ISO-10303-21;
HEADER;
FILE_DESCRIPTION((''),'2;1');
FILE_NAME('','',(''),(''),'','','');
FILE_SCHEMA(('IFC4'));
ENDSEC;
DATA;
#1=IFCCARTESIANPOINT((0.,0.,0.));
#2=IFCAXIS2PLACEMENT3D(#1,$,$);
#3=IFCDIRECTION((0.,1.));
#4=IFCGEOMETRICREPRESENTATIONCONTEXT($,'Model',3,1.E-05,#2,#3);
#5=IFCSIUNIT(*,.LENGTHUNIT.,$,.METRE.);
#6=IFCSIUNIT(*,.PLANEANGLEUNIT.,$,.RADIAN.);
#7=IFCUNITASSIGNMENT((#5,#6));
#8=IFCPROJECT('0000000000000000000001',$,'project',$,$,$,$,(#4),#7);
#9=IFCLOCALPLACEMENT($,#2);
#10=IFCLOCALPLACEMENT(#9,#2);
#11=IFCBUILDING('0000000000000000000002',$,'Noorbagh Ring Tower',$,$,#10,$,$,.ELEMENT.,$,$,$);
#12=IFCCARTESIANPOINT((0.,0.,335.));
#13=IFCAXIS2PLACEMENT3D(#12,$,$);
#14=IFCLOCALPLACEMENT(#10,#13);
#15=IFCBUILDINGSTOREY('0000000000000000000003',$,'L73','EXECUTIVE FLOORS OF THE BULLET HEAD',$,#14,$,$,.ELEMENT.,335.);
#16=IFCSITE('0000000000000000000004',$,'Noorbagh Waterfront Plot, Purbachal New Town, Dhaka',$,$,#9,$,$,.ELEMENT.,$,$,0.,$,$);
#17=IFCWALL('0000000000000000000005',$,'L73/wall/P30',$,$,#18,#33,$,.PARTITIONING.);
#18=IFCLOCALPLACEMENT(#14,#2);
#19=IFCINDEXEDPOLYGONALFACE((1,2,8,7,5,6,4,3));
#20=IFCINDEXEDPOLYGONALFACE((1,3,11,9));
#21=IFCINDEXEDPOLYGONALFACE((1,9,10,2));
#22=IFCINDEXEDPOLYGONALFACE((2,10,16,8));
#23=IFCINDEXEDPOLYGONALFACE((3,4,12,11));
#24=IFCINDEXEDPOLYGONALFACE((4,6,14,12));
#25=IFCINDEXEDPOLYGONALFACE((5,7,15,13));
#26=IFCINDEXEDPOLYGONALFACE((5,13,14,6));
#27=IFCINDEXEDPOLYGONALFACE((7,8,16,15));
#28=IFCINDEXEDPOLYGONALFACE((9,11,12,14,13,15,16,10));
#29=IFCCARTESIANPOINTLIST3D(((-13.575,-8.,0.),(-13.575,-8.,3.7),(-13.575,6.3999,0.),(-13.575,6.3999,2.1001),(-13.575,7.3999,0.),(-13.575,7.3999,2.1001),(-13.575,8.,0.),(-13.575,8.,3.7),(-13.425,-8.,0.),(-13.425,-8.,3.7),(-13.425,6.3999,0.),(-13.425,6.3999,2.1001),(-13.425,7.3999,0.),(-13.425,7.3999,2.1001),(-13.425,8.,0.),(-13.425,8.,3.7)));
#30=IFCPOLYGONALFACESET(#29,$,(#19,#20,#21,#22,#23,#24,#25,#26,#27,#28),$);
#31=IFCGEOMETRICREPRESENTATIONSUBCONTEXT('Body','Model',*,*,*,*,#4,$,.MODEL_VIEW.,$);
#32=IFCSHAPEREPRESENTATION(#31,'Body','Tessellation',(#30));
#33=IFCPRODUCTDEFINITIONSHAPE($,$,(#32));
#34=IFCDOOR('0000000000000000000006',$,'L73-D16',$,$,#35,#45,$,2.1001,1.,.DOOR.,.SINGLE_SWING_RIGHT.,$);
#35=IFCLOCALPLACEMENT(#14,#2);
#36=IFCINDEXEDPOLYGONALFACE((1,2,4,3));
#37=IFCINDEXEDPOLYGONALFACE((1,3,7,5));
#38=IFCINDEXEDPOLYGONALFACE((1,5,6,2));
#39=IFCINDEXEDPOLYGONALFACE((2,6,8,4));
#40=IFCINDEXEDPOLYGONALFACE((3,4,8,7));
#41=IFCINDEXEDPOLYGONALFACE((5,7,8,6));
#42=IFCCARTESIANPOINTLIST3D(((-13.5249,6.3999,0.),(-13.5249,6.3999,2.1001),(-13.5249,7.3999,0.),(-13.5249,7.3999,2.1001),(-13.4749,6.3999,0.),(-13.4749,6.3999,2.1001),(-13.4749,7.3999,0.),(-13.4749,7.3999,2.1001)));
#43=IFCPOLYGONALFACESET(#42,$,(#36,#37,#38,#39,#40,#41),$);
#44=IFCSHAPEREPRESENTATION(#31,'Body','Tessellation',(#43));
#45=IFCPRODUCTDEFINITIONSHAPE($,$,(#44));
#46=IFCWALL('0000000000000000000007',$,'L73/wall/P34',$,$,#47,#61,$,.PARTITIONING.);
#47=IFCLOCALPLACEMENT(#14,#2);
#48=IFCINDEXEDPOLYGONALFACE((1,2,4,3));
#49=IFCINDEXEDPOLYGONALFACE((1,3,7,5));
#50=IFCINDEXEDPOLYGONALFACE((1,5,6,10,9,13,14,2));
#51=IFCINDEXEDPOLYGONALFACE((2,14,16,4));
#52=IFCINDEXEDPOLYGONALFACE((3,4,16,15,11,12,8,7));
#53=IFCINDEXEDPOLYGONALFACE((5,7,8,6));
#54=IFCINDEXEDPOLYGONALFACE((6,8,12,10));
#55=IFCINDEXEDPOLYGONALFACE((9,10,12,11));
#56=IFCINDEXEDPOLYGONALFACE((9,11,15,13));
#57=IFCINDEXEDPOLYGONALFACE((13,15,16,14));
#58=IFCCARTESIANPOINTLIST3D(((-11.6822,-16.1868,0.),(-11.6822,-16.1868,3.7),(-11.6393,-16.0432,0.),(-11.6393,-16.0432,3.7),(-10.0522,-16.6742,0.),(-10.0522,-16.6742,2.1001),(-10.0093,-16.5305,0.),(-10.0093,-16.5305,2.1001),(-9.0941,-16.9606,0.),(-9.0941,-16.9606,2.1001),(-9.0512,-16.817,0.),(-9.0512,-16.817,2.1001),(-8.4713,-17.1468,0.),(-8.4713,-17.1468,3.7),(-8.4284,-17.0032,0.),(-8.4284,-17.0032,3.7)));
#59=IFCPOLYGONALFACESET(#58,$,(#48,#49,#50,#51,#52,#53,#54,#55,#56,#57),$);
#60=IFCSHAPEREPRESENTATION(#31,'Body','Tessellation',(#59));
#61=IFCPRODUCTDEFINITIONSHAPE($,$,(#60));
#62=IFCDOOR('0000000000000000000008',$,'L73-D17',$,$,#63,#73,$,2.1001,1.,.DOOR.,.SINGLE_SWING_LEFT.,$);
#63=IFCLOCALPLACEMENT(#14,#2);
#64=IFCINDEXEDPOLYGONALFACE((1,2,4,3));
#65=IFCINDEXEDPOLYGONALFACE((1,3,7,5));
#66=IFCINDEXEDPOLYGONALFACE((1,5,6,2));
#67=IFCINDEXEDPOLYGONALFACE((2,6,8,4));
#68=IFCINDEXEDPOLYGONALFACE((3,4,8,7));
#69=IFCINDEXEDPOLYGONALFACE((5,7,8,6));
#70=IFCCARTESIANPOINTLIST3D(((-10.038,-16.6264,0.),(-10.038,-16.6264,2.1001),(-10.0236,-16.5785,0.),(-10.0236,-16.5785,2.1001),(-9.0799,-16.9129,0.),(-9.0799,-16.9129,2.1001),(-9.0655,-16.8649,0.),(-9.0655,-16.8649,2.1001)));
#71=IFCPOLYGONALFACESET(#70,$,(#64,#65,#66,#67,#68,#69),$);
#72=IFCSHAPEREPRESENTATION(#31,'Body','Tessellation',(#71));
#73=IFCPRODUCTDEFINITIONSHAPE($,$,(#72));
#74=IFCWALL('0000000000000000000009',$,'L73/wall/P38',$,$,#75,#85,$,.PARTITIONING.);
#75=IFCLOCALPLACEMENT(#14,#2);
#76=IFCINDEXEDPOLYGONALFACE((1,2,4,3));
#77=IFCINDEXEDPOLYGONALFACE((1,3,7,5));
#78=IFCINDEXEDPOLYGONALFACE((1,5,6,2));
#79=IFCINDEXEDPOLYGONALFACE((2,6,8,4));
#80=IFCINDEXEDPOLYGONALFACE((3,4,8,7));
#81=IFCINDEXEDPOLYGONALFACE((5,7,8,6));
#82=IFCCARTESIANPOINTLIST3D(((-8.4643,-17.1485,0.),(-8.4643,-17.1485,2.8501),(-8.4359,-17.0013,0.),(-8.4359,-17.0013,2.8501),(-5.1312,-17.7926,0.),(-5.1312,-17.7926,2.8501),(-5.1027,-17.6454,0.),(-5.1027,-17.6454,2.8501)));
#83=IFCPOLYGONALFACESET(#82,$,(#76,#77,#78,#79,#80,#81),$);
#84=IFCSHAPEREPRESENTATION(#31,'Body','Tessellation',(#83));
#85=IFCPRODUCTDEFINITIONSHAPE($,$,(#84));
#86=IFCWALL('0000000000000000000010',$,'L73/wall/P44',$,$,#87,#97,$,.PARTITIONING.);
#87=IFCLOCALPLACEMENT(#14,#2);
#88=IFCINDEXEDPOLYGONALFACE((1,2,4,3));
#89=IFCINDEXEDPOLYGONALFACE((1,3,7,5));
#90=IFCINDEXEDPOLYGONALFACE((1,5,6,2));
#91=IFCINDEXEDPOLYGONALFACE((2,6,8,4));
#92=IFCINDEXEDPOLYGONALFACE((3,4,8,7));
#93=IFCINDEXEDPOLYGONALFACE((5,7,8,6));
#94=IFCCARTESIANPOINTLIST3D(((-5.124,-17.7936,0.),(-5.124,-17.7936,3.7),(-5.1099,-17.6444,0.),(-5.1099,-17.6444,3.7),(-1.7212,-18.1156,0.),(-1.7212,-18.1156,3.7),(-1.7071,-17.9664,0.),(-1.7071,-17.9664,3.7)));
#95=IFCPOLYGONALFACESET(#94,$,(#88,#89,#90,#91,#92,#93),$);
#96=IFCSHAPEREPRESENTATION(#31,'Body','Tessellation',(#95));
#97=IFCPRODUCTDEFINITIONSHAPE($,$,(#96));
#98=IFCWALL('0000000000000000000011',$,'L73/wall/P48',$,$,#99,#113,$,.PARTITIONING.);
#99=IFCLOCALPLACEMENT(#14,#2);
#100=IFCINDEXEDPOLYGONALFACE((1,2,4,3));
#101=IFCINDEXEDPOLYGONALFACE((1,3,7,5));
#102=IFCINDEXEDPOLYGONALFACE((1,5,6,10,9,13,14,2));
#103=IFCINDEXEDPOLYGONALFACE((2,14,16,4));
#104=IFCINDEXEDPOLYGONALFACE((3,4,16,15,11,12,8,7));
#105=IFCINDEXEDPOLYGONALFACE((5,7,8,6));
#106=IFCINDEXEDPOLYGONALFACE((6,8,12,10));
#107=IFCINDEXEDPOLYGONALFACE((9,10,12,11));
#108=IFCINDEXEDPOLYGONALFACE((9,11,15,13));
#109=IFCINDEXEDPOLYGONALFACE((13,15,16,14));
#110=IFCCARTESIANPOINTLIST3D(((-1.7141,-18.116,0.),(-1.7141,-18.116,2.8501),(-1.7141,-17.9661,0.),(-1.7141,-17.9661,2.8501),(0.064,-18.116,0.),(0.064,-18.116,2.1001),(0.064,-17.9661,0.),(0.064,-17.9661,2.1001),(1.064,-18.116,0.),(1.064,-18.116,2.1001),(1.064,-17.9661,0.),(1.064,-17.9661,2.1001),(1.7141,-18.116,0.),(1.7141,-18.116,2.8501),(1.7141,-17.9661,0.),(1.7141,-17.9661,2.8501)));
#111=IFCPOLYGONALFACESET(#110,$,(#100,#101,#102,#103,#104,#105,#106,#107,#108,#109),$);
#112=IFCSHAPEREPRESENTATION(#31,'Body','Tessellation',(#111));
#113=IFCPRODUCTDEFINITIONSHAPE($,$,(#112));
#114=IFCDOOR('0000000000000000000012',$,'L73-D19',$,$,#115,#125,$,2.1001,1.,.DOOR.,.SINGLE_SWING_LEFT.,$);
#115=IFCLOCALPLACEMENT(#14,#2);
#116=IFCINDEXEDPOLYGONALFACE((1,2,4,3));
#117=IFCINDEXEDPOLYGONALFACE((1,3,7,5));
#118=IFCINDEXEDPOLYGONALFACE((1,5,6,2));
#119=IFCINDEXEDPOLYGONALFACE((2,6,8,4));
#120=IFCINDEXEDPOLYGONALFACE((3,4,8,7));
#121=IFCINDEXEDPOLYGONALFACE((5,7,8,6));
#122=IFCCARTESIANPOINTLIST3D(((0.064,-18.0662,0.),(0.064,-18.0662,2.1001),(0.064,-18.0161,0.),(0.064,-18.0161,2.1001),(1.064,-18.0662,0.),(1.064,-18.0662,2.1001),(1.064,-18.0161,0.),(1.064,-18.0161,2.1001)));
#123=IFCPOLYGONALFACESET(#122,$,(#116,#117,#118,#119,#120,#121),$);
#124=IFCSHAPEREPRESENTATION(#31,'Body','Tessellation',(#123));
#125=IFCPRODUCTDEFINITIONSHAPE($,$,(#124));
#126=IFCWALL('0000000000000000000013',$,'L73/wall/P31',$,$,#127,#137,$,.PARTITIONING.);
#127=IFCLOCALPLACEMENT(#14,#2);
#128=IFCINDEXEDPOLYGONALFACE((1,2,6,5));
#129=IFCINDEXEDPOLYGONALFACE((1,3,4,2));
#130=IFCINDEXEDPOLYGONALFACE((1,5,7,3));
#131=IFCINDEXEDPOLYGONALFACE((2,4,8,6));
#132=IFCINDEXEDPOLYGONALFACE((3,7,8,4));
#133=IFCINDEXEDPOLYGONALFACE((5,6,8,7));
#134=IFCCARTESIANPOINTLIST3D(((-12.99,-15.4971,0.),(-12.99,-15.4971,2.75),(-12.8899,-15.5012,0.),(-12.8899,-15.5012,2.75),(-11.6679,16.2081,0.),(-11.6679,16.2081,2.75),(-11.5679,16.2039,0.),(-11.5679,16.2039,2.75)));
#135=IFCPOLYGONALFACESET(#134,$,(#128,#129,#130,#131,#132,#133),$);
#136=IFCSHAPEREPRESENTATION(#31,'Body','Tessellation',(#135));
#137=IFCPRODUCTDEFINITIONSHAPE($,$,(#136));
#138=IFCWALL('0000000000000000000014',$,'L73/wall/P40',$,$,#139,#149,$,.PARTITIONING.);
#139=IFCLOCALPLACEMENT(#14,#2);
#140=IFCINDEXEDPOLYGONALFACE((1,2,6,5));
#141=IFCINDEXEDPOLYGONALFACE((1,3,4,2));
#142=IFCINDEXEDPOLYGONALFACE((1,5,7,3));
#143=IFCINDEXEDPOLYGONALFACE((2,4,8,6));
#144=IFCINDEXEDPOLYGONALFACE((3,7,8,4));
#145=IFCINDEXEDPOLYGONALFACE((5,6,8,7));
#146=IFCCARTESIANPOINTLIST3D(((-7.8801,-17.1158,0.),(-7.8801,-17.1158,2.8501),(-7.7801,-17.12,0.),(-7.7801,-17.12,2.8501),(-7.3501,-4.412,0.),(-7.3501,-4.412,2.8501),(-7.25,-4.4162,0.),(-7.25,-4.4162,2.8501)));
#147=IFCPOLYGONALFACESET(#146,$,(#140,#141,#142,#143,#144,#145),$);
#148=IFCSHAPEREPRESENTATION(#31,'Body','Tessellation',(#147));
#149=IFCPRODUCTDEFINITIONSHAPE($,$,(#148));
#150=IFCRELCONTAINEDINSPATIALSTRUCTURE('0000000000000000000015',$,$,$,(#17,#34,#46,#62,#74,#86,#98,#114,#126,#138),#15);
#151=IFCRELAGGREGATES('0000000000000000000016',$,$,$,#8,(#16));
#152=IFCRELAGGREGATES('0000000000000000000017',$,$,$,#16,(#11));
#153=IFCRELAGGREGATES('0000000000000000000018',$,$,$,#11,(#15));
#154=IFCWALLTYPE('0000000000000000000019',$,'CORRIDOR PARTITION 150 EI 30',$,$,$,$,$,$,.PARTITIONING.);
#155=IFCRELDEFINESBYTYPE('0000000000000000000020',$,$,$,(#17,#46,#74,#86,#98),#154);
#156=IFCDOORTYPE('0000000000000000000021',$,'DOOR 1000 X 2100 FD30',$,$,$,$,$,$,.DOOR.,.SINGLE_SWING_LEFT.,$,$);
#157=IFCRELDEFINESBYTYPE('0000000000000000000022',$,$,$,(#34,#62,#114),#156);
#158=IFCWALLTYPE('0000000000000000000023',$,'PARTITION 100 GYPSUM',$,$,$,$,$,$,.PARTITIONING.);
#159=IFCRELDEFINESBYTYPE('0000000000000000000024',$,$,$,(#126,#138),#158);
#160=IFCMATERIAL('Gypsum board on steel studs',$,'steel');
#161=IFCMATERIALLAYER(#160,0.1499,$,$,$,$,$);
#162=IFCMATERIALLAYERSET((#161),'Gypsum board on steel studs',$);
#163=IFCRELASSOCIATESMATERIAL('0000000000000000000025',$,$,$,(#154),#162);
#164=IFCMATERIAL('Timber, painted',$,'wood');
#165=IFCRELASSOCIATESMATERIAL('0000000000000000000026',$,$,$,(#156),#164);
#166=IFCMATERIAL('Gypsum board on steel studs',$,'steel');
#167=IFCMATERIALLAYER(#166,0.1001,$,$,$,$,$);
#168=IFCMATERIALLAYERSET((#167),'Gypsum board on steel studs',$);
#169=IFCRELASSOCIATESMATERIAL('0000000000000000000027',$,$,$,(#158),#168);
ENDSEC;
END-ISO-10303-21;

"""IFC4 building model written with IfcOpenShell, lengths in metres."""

from ifc_helpers import new_model, si_unit, direction, frame, frame_2d, origin, place, context, subcontext, project, spatial, rectangle, extrude, material, layer, layer_set, type_object, element, fill, save


model = new_model("IFC4")

# Units and contexts
model_context = context("Model", 3, precision=1e-05, world=origin(), true_north=direction((0.0, 1.0)))
body_context = subcontext(model_context, "Body", "Model", "MODEL_VIEW")
ifc_project = project(units=[si_unit("LENGTHUNIT", "METRE"), si_unit("PLANEANGLEUNIT", "RADIAN")], contexts=[model_context])

# Site, building, storey
site_placement = place(None, origin())
site = spatial("IfcSite", under=ifc_project, at=site_placement, Name="Noorbagh Waterfront Plot, Purbachal New Town, Dhaka", CompositionType="ELEMENT", RefElevation=0.0)
building_placement = place(site_placement, origin())
building = spatial("IfcBuilding", under=site, at=building_placement, Name="Noorbagh Ring Tower", CompositionType="ELEMENT")
storey_placement = place(building_placement, frame((0.0, 0.0, 335.0)))
storey = spatial("IfcBuildingStorey", under=building, at=storey_placement, Name="L73", Description="EXECUTIVE FLOORS OF THE BULLET HEAD", CompositionType="ELEMENT", Elevation=335.0)

# Shared definitions
ifc_material_1 = material(Name="Gypsum board on steel studs", Category="steel")
ifc_layer_1 = layer(ifc_material_1, 0.1499)
ifc_layer_set_1 = layer_set([ifc_layer_1], Name="Gypsum board on steel studs")
wall_type_1 = type_object("IfcWallType", Name="CORRIDOR PARTITION 150 EI 30", PredefinedType="PARTITIONING", material=ifc_layer_set_1)

# Shared definitions
ifc_material_2 = material(Name="Timber, painted", Category="wood")
door_type_1 = type_object("IfcDoorType", Name="DOOR 1000 X 2100 FD30", OperationType="SINGLE_SWING_LEFT", PredefinedType="DOOR", material=ifc_material_2)

# Walls, openings, doors
wall_1_placement = place(storey_placement, frame((-13.5, -8.0, 0.0), z_axis=(0.0, 0.0, 1.0), x_axis=(0.0, 1.0, 0.0)))
wall_1 = element("IfcWall", 1, at=wall_1_placement, inside=storey, type_object=wall_type_1, Name="L73/wall/P30", PredefinedType="PARTITIONING", context=body_context, shape_type="SweptSolid", body=[
    extrude(rectangle(XDim=16.0, YDim=0.1499, at=frame_2d((8.0, 0.0))), origin(), (0.0, 0.0, 1.0), 3.7),
])
opening_1_placement = place(wall_1_placement, frame((14.3999, 0.0, 0.0)))
opening_1 = element("IfcOpeningElement", 2, at=opening_1_placement, cuts=wall_1, PredefinedType="OPENING", context=body_context, shape_type="SweptSolid", body=[
    extrude(rectangle(XDim=1.0, YDim=2.1001, at=frame_2d((0.5, 1.05))), frame((0.0, 0.085, 0.0), z_axis=(0.0, -1.0, 0.0), x_axis=(1.0, 0.0, 0.0)), (0.0, 0.0, 1.0), 0.1699),
])
door_1_placement = place(opening_1_placement, origin())
door_1 = element("IfcDoor", 3, at=door_1_placement, inside=storey, type_object=door_type_1, Name="L73-D16", OperationType="SINGLE_SWING_RIGHT", OverallHeight=2.1001, OverallWidth=1.0, PredefinedType="DOOR", context=body_context, shape_type="SweptSolid", body=[
    extrude(rectangle(XDim=1.0, YDim=2.1001, at=frame_2d((0.5, 1.05))), frame((0.0, 0.0249, 0.0), z_axis=(0.0, -1.0, 0.0), x_axis=(1.0, 0.0, 0.0)), (0.0, 0.0, 1.0), 0.05),
])
fill(opening_1, door_1)
wall_2_placement = place(storey_placement, frame((-11.6609, -16.115, 0.0), z_axis=(0.0, 0.0, 1.0), x_axis=(0.958099, -0.286439, 0.0)))
wall_2 = element("IfcWall", 4, at=wall_2_placement, inside=storey, type_object=wall_type_1, Name="L73/wall/P34", PredefinedType="PARTITIONING", context=body_context, shape_type="SweptSolid", body=[
    extrude(rectangle(XDim=3.3513, YDim=0.1499, at=frame_2d((1.6758, 0.0))), origin(), (0.0, 0.0, 1.0), 3.7),
])
opening_2_placement = place(wall_2_placement, frame((1.7014, 0.0, 0.0)))
opening_2 = element("IfcOpeningElement", 5, at=opening_2_placement, cuts=wall_2, PredefinedType="OPENING", context=body_context, shape_type="SweptSolid", body=[
    extrude(rectangle(XDim=1.0, YDim=2.1001, at=frame_2d((0.5, 1.05))), frame((0.0, 0.085, 0.0), z_axis=(0.0, -1.0, 0.0), x_axis=(1.0, 0.0, 0.0)), (0.0, 0.0, 1.0), 0.1699),
])
door_2_placement = place(opening_2_placement, origin())
door_2 = element("IfcDoor", 6, at=door_2_placement, inside=storey, type_object=door_type_1, Name="L73-D17", OperationType="SINGLE_SWING_LEFT", OverallHeight=2.1001, OverallWidth=1.0, PredefinedType="DOOR", context=body_context, shape_type="SweptSolid", body=[
    extrude(rectangle(XDim=1.0, YDim=2.1001, at=frame_2d((0.5, 1.05))), frame((0.0, 0.0249, 0.0), z_axis=(0.0, -1.0, 0.0), x_axis=(1.0, 0.0, 0.0)), (0.0, 0.0, 1.0), 0.05),
])
fill(opening_2, door_2)

# Walls
wall_3_placement = place(storey_placement, frame((-8.45, -17.075, 0.0), z_axis=(0.0, 0.0, 1.0), x_axis=(0.981838, -0.189722, 0.0)))
element("IfcWall", 7, at=wall_3_placement, inside=storey, type_object=wall_type_1, Name="L73/wall/P38", PredefinedType="PARTITIONING", context=body_context, shape_type="SweptSolid", body=[
    extrude(rectangle(XDim=3.3948, YDim=0.1499, at=frame_2d((1.6973, 0.0))), origin(), (0.0, 0.0, 1.0), 2.8501),
])
wall_4_placement = place(storey_placement, frame((-5.1169, -17.719, 0.0), z_axis=(0.0, 0.0, 1.0), x_axis=(0.995552, -0.094212, 0.0)))
element("IfcWall", 8, at=wall_4_placement, inside=storey, type_object=wall_type_1, Name="L73/wall/P44", PredefinedType="PARTITIONING", context=body_context, shape_type="SweptSolid", body=[
    extrude(rectangle(XDim=3.418, YDim=0.1499, at=frame_2d((1.709, 0.0))), origin(), (0.0, 0.0, 1.0), 3.7),
])

# Wall, opening, door
wall_5_placement = place(storey_placement, frame((-1.7141, -18.041, 0.0), z_axis=(0.0, 0.0, 1.0), x_axis=(1.0, 0.0, 0.0)))
wall_5 = element("IfcWall", 9, at=wall_5_placement, inside=storey, type_object=wall_type_1, Name="L73/wall/P48", PredefinedType="PARTITIONING", context=body_context, shape_type="SweptSolid", body=[
    extrude(rectangle(XDim=3.4282, YDim=0.1499, at=frame_2d((1.7141, 0.0))), origin(), (0.0, 0.0, 1.0), 2.8501),
])
opening_3_placement = place(wall_5_placement, frame((1.7781, 0.0, 0.0)))
opening_3 = element("IfcOpeningElement", 10, at=opening_3_placement, cuts=wall_5, PredefinedType="OPENING", context=body_context, shape_type="SweptSolid", body=[
    extrude(rectangle(XDim=1.0, YDim=2.1001, at=frame_2d((0.5, 1.05))), frame((0.0, 0.085, 0.0), z_axis=(0.0, -1.0, 0.0), x_axis=(1.0, 0.0, 0.0)), (0.0, 0.0, 1.0), 0.1699),
])
door_3_placement = place(opening_3_placement, origin())
door_3 = element("IfcDoor", 11, at=door_3_placement, inside=storey, type_object=door_type_1, Name="L73-D19", OperationType="SINGLE_SWING_LEFT", OverallHeight=2.1001, OverallWidth=1.0, PredefinedType="DOOR", context=body_context, shape_type="SweptSolid", body=[
    extrude(rectangle(XDim=1.0, YDim=2.1001, at=frame_2d((0.5, 1.05))), frame((0.0, 0.0249, 0.0), z_axis=(0.0, -1.0, 0.0), x_axis=(1.0, 0.0, 0.0)), (0.0, 0.0, 1.0), 0.05),
])
fill(opening_3, door_3)

# Walls
ifc_material_3 = material(Name="Gypsum board on steel studs", Category="steel")
ifc_layer_2 = layer(ifc_material_3, 0.1001)
ifc_layer_set_2 = layer_set([ifc_layer_2], Name="Gypsum board on steel studs")
wall_type_2 = type_object("IfcWallType", Name="PARTITION 100 GYPSUM", PredefinedType="PARTITIONING", material=ifc_layer_set_2)
wall_6_placement = place(storey_placement, frame((-12.9399, -15.499, 0.0), z_axis=(0.0, 0.0, 1.0), x_axis=(0.041661, 0.999132, 0.0)))
element("IfcWall", 12, at=wall_6_placement, inside=storey, type_object=wall_type_2, Name="L73/wall/P31", PredefinedType="PARTITIONING", context=body_context, shape_type="SweptSolid", body=[
    extrude(rectangle(XDim=31.7327, YDim=0.1001, at=frame_2d((15.8662, 0.0))), origin(), (0.0, 0.0, 1.0), 2.75),
])
wall_7_placement = place(storey_placement, frame((-7.8301, -17.1179, 0.0), z_axis=(0.0, 0.0, 1.0), x_axis=(0.041686, 0.999131, 0.0)))
element("IfcWall", 13, at=wall_7_placement, inside=storey, type_object=wall_type_2, Name="L73/wall/P40", PredefinedType="PARTITIONING", context=body_context, shape_type="SweptSolid", body=[
    extrude(rectangle(XDim=12.7148, YDim=0.1001, at=frame_2d((6.3574, 0.0))), origin(), (0.0, 0.0, 1.0), 2.8501),
])

save(model, "model.ifc")
